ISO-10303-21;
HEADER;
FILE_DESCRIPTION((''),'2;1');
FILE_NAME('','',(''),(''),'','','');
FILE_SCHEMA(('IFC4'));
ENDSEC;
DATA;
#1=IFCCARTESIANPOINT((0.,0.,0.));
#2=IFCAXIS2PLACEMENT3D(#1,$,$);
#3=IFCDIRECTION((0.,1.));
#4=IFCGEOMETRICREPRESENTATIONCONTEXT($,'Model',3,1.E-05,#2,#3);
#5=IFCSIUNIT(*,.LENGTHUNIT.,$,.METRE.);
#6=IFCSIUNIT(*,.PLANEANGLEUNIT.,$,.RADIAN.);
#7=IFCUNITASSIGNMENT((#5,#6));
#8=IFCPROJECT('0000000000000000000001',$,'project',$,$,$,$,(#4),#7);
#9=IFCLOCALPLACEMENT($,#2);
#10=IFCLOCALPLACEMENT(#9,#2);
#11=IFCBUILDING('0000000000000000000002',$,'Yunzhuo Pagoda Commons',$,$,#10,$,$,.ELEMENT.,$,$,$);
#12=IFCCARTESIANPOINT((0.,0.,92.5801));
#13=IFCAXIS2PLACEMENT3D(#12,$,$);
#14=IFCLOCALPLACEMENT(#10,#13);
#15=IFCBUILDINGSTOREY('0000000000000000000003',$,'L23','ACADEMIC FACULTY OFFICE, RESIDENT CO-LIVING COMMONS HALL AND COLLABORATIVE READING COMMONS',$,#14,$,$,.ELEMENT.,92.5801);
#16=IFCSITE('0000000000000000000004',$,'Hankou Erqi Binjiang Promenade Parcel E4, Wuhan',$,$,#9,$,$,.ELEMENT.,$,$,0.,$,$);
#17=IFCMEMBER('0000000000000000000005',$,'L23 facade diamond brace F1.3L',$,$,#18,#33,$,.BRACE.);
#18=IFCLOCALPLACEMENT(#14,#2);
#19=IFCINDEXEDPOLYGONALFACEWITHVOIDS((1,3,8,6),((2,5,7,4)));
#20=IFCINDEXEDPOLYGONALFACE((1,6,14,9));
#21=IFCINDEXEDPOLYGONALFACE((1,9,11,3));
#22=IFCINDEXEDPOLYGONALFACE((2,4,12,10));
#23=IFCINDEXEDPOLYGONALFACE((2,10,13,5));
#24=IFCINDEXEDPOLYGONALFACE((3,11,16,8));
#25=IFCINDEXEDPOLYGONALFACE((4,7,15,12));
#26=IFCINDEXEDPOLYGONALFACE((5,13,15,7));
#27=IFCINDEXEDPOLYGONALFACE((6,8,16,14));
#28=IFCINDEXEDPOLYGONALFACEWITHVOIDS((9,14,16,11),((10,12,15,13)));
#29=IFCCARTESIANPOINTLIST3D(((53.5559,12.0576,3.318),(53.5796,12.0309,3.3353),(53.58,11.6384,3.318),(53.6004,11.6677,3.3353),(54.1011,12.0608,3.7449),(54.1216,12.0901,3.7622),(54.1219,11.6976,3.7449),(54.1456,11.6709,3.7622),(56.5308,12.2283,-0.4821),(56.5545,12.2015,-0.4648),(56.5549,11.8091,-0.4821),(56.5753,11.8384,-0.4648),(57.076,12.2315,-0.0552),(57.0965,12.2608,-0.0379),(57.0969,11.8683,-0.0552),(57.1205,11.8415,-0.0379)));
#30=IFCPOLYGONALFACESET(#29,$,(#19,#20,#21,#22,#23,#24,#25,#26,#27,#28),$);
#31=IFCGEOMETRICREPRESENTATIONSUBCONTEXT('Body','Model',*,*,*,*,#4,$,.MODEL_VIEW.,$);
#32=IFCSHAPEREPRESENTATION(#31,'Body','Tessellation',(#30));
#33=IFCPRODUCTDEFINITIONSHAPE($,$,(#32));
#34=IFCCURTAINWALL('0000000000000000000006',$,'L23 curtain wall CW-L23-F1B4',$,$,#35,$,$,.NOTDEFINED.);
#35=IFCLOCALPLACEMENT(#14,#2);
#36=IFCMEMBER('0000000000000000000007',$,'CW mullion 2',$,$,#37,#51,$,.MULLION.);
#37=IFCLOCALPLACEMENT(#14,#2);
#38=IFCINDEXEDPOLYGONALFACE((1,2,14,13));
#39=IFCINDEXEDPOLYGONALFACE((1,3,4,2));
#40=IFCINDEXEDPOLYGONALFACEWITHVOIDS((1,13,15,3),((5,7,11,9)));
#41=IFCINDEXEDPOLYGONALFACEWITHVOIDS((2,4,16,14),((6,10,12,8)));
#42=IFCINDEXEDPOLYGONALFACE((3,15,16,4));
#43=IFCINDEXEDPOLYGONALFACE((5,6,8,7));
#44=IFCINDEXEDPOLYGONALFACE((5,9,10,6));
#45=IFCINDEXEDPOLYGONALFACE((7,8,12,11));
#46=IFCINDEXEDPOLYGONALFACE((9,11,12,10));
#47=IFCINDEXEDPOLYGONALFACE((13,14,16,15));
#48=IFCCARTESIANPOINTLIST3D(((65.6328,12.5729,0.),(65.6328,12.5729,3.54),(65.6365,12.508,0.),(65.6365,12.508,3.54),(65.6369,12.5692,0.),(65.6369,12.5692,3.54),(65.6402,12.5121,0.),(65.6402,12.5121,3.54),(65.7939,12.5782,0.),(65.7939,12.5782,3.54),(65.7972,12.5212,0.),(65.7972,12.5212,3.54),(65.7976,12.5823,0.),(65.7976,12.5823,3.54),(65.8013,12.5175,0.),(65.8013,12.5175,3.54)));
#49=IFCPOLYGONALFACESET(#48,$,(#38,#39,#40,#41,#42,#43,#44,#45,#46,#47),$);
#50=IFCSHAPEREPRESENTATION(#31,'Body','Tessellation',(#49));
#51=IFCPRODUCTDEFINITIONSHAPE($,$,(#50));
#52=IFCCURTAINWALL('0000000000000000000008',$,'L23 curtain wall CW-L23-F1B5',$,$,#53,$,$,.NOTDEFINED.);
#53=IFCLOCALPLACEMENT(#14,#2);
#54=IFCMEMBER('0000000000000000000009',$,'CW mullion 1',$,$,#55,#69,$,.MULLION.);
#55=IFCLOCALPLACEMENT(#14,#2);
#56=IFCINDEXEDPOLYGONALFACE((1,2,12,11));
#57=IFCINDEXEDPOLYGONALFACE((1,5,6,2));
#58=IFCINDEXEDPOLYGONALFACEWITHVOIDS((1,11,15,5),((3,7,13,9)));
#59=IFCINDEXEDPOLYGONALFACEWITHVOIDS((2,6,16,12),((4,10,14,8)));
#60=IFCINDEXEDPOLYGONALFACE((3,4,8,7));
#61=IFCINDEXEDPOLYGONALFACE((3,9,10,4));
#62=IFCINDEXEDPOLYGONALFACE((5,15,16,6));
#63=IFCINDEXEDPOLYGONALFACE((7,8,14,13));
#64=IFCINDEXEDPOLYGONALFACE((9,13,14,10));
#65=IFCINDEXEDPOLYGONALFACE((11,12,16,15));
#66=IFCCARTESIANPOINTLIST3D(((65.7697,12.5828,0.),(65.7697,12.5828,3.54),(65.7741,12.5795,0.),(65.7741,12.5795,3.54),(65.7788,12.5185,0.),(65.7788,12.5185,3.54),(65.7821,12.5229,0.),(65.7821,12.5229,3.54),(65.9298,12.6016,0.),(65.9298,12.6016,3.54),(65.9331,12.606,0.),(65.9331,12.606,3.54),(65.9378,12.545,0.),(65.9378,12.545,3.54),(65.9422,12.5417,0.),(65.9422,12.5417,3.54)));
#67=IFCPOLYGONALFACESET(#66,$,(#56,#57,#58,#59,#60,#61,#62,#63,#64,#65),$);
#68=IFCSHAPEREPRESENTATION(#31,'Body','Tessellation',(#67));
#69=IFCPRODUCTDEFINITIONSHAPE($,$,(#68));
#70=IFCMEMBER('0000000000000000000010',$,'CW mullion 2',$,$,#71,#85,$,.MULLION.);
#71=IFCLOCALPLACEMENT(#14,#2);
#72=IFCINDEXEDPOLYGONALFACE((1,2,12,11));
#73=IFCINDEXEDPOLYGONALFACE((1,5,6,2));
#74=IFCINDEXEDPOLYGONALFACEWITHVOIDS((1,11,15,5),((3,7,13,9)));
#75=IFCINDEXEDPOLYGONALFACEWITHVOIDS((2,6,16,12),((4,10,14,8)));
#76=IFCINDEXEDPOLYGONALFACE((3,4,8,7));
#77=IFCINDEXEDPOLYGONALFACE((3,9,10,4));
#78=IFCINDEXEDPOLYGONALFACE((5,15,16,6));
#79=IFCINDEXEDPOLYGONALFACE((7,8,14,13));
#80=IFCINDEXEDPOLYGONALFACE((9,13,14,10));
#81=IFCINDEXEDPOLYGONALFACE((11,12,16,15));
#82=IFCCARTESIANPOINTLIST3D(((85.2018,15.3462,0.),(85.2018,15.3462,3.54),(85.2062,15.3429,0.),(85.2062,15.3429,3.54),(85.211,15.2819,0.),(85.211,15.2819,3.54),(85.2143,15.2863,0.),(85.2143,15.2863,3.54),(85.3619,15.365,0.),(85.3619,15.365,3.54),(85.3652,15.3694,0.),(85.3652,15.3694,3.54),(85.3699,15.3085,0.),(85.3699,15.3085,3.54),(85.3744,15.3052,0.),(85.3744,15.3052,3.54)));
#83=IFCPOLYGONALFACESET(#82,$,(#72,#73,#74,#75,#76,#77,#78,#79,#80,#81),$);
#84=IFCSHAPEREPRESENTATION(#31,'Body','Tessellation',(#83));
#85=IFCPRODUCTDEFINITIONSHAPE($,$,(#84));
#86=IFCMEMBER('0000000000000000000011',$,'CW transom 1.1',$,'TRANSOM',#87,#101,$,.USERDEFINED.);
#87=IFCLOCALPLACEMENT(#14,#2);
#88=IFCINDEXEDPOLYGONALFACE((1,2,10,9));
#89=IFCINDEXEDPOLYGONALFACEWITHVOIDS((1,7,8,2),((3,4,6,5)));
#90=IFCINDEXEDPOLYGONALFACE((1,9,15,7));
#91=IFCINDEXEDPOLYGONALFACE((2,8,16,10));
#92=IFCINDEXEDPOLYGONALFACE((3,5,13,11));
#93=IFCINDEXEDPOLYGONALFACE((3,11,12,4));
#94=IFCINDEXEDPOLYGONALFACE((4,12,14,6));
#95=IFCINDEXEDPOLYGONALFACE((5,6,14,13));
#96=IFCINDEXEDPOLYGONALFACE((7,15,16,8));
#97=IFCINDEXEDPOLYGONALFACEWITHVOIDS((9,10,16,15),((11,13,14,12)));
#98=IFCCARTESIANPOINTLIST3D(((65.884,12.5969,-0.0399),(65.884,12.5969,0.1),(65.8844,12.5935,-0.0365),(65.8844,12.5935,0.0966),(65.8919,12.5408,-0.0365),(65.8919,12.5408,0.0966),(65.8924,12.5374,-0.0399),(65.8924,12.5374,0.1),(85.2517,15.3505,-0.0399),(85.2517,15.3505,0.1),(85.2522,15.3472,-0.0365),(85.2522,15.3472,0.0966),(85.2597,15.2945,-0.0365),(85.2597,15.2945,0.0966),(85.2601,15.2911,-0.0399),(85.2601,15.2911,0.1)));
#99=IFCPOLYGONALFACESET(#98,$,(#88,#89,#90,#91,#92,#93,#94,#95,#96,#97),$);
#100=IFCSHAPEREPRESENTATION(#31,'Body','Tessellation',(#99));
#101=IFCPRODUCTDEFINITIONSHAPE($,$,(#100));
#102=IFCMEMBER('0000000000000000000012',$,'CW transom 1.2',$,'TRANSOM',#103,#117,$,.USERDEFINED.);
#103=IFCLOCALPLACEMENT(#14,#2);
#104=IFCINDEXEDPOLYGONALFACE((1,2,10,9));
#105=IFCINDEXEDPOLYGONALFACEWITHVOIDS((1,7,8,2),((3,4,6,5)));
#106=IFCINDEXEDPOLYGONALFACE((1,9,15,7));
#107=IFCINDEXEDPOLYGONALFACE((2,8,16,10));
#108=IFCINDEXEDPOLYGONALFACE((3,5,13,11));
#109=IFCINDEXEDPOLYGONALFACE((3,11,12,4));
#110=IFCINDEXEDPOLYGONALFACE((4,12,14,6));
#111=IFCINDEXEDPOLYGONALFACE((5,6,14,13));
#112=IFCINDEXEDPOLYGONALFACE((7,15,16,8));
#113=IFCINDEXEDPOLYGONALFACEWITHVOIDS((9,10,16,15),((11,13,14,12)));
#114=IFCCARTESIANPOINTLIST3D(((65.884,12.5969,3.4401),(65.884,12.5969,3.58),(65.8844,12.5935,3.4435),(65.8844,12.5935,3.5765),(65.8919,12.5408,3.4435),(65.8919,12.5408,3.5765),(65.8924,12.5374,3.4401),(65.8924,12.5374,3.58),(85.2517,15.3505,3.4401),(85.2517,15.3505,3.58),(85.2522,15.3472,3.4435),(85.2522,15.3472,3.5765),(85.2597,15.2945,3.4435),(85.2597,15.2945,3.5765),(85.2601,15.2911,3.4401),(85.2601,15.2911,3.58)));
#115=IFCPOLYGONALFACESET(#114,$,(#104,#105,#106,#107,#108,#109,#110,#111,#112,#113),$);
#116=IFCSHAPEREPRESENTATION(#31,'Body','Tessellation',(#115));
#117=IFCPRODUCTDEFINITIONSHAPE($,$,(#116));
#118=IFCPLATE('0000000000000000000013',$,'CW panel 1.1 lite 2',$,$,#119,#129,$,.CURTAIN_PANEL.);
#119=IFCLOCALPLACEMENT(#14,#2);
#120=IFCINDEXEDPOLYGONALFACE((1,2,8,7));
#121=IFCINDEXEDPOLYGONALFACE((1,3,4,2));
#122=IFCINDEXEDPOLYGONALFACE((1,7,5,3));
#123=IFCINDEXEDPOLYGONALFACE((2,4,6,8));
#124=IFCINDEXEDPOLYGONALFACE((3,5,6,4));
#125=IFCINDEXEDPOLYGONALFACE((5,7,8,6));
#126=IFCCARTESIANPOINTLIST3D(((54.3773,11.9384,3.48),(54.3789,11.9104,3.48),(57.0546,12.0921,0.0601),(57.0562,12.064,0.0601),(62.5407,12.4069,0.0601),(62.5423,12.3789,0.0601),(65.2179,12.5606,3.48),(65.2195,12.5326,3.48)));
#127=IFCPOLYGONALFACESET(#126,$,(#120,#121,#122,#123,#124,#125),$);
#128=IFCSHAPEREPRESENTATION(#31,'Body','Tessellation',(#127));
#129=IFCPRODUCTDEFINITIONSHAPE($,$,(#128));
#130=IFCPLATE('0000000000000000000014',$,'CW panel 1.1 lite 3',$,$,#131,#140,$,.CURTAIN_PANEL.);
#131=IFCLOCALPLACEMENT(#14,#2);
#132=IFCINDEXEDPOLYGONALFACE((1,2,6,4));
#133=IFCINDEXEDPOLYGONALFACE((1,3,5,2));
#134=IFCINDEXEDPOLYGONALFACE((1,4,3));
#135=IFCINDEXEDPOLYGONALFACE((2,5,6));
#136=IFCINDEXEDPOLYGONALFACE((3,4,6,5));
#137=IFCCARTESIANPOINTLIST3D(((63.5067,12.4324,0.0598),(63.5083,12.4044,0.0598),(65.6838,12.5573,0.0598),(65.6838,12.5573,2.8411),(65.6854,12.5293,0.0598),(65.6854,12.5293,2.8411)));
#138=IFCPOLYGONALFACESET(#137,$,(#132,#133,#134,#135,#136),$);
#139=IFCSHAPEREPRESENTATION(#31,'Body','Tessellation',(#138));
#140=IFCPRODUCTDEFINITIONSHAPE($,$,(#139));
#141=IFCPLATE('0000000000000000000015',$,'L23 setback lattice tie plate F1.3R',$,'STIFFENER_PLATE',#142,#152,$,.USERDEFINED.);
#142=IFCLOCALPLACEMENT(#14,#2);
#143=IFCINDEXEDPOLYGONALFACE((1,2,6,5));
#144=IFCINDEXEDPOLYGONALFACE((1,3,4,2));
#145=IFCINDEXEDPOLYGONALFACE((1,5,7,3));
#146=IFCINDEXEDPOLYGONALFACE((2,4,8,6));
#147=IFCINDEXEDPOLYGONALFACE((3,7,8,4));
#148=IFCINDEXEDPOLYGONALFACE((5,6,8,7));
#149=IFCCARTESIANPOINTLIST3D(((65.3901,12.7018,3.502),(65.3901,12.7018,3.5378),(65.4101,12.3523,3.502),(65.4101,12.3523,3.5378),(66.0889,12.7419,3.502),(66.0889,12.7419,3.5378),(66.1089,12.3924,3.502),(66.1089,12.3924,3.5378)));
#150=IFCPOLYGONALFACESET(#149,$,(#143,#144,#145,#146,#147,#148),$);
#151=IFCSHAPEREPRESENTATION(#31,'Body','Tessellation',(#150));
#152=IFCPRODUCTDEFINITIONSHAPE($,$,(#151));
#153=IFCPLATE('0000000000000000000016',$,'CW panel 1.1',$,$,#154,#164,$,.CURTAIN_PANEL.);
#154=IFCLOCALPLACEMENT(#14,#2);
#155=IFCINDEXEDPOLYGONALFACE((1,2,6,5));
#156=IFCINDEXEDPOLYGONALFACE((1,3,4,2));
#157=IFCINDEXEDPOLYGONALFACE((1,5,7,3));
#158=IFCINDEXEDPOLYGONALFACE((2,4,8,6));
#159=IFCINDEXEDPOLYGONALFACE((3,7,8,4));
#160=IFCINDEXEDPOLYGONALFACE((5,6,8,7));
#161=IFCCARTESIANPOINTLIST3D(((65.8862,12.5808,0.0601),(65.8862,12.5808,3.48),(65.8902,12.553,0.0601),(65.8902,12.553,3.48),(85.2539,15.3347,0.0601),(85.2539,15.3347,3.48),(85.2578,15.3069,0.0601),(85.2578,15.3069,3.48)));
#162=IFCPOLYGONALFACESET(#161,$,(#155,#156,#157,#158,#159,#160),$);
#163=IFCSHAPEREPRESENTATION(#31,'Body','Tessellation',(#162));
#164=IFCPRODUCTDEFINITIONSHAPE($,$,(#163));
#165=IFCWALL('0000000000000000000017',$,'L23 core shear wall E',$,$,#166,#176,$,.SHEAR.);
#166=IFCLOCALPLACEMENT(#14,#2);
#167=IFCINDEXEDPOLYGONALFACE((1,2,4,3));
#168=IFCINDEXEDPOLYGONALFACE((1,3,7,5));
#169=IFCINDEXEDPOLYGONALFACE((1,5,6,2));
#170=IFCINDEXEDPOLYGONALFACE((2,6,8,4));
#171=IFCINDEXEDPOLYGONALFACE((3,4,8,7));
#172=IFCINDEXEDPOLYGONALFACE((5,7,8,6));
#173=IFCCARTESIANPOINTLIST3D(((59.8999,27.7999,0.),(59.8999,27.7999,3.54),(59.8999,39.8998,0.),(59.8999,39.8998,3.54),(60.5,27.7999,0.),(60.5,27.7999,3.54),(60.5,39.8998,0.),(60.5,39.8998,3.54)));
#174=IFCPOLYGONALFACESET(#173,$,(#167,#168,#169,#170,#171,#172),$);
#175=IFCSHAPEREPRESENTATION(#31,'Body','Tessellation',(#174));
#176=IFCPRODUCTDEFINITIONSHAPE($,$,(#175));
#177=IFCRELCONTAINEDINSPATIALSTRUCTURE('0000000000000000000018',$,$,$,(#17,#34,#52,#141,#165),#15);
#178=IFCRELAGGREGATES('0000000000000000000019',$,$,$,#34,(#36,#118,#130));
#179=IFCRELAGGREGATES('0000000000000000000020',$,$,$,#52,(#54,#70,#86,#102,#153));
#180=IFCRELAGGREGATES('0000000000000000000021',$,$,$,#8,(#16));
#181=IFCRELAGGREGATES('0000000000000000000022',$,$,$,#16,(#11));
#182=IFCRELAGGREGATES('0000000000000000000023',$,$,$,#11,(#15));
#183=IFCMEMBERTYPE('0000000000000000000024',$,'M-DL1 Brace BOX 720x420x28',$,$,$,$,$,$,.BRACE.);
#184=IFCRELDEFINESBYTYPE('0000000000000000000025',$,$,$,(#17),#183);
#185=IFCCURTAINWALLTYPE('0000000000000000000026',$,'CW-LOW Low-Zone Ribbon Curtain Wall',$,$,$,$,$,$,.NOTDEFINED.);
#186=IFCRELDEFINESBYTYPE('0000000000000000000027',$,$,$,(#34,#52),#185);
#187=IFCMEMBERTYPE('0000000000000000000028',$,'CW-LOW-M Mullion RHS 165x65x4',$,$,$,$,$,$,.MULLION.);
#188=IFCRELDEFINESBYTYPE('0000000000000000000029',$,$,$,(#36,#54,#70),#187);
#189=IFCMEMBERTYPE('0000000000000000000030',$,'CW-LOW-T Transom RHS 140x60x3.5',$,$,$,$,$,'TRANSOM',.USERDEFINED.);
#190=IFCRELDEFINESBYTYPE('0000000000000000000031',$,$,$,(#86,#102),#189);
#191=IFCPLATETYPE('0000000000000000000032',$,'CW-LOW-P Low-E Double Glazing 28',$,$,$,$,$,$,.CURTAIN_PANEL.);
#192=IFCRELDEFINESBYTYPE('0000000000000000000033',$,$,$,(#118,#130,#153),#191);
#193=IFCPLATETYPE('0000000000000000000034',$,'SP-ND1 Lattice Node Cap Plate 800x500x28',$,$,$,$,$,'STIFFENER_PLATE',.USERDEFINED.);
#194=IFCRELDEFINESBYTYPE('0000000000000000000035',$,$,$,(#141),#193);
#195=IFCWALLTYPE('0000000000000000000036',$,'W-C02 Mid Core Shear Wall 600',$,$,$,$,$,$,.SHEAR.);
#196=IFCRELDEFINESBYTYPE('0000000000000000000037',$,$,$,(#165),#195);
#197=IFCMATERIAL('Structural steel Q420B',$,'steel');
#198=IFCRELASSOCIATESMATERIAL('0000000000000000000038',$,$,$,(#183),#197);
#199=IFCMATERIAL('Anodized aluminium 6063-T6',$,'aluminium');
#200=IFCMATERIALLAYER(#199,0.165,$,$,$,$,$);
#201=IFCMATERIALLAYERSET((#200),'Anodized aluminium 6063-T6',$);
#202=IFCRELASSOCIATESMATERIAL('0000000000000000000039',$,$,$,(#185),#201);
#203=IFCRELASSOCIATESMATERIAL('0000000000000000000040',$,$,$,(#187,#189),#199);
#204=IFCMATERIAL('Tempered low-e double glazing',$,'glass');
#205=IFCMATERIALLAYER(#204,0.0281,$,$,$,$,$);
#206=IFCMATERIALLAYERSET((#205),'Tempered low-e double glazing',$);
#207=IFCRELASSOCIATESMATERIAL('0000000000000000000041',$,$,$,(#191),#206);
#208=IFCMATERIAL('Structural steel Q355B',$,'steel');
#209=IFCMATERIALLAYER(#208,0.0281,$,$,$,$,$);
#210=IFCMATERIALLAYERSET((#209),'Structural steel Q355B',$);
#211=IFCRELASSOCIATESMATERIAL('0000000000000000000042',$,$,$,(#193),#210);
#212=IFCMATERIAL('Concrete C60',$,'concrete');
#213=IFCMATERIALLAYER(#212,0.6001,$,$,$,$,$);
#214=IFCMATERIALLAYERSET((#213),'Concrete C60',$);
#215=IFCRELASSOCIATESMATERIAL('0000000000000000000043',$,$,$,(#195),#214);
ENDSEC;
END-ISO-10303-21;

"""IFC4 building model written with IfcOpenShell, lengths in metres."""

from ifc_helpers import new_model, si_unit, direction, frame, frame_2d, origin, origin_2d, place, context, subcontext, project, spatial, polyline, rectangle, hollow_rectangle, outline, extrude, source, transform, mapped, material, layer, layer_set, material_profile, profile_set, type_object, element, aggregate, save


model = new_model("IFC4")

# Units and contexts
model_context = context("Model", 3, precision=1e-05, world=origin(), true_north=direction((0.0, 1.0)))
body_context = subcontext(model_context, "Body", "Model", "MODEL_VIEW")
ifc_project = project(units=[si_unit("LENGTHUNIT", "METRE"), si_unit("PLANEANGLEUNIT", "RADIAN")], contexts=[model_context])

# Site, building, storey
site_placement = place(None, origin())
site = spatial("IfcSite", under=ifc_project, at=site_placement, Name="Hankou Erqi Binjiang Promenade Parcel E4, Wuhan", CompositionType="ELEMENT", RefElevation=0.0)
building_placement = place(site_placement, origin())
building = spatial("IfcBuilding", under=site, at=building_placement, Name="Yunzhuo Pagoda Commons", CompositionType="ELEMENT")
storey_placement = place(building_placement, frame((0.0, 0.0, 92.5801)))
storey = spatial("IfcBuildingStorey", under=building, at=storey_placement, Name="L23", Description="ACADEMIC FACULTY OFFICE, RESIDENT CO-LIVING COMMONS HALL AND COLLABORATIVE READING COMMONS", CompositionType="ELEMENT", Elevation=92.5801)

# Shared definitions
ifc_material_1 = material(Name="Structural steel Q420B", Category="steel")

# Shared definitions
ifc_material_2 = material(Name="Structural steel Q355B", Category="steel")

# Member
ifc_material_profile_1 = material_profile(ifc_material_1, hollow_rectangle(XDim=0.4199, YDim=0.72, WallThickness=0.0281, at=origin_2d()), Name="Structural steel Q420B")
ifc_profile_set_1 = profile_set([ifc_material_profile_1], Name="Structural steel Q420B")
member_type_1 = type_object("IfcMemberType", Name="M-DL1 Brace BOX 720x420x28", PredefinedType="BRACE", material=ifc_profile_set_1)
shared_shape_1 = source(origin(), body_context, "Body", "SweptSolid", [
    extrude(hollow_rectangle(XDim=0.4199, YDim=0.72, WallThickness=0.0281, at=origin_2d()), origin(), (0.0, 0.0, 1.0), 4.8291),
])
member_1_placement = place(storey_placement, frame((56.8257, 12.0349, -0.26), z_axis=(-0.616039, -0.035339, 0.786922), x_axis=(0.057271, -0.998359, 0.0)))
element("IfcMember", 1, at=member_1_placement, inside=storey, type_object=member_type_1, Name="L23 facade diamond brace F1.3L", PredefinedType="BRACE", context=body_context, shape_type="MappedRepresentation", body=[
    mapped(shared_shape_1, transform((0.0, 0.0, 0.0), scale=1.0)),
])

# Curtain wall, member
ifc_material_3 = material(Name="Anodized aluminium 6063-T6", Category="aluminium")
ifc_layer_1 = layer(ifc_material_3, 0.165)
ifc_layer_set_1 = layer_set([ifc_layer_1], Name="Anodized aluminium 6063-T6")
curtain_wall_type = type_object("IfcCurtainWallType", Name="CW-LOW Low-Zone Ribbon Curtain Wall", PredefinedType="NOTDEFINED", material=ifc_layer_set_1)
curtain_wall_1_placement = place(storey_placement, origin())
curtain_wall_1 = element("IfcCurtainWall", 2, at=curtain_wall_1_placement, inside=storey, type_object=curtain_wall_type, Name="L23 curtain wall CW-L23-F1B4", PredefinedType="NOTDEFINED")
ifc_material_profile_2 = material_profile(ifc_material_3, hollow_rectangle(XDim=0.0649, YDim=0.165, WallThickness=0.0039, at=origin_2d()), Name="Anodized aluminium 6063-T6")
ifc_profile_set_2 = profile_set([ifc_material_profile_2], Name="Anodized aluminium 6063-T6")
member_type_2 = type_object("IfcMemberType", Name="CW-LOW-M Mullion RHS 165x65x4", PredefinedType="MULLION", material=ifc_profile_set_2)
shared_shape_2 = source(origin(), body_context, "Body", "SweptSolid", [
    extrude(hollow_rectangle(XDim=0.0649, YDim=0.165, WallThickness=0.0039, at=origin_2d()), origin(), (0.0, 0.0, 1.0), 3.54),
])
member_2_placement = place(storey_placement, frame((65.717, 12.5452, 0.0), z_axis=(0.0, 0.0, 1.0), x_axis=(-0.057299, 0.998357, 0.0)))
member_2 = element("IfcMember", 3, at=member_2_placement, type_object=member_type_2, Name="CW mullion 2", PredefinedType="MULLION", context=body_context, shape_type="MappedRepresentation", body=[
    mapped(shared_shape_2, transform((0.0, 0.0, 0.0), scale=1.0)),
])

# Curtain wall, members
curtain_wall_2_placement = place(storey_placement, origin())
curtain_wall_2 = element("IfcCurtainWall", 4, at=curtain_wall_2_placement, inside=storey, type_object=curtain_wall_type, Name="L23 curtain wall CW-L23-F1B5", PredefinedType="NOTDEFINED")
member_3_placement = place(storey_placement, frame((65.856, 12.5623, 0.0), z_axis=(0.0, 0.0, 1.0), x_axis=(-0.140774, 0.990042, 0.0)))
member_3 = element("IfcMember", 5, at=member_3_placement, type_object=member_type_2, Name="CW mullion 1", PredefinedType="MULLION", context=body_context, shape_type="MappedRepresentation", body=[
    mapped(shared_shape_2, transform((0.0, 0.0, 0.0), scale=1.0)),
])
member_4_placement = place(storey_placement, frame((85.2881, 15.3257, 0.0), z_axis=(0.0, 0.0, 1.0), x_axis=(-0.140774, 0.990042, 0.0)))
member_4 = element("IfcMember", 6, at=member_4_placement, type_object=member_type_2, Name="CW mullion 2", PredefinedType="MULLION", context=body_context, shape_type="MappedRepresentation", body=[
    mapped(shared_shape_2, transform((0.0, 0.0, 0.0), scale=1.0)),
])
ifc_material_profile_3 = material_profile(ifc_material_3, hollow_rectangle(XDim=0.0601, YDim=0.1399, WallThickness=0.0034, at=origin_2d()), Name="Anodized aluminium 6063-T6")
ifc_profile_set_3 = profile_set([ifc_material_profile_3], Name="Anodized aluminium 6063-T6")
member_type_3 = type_object("IfcMemberType", Name="CW-LOW-T Transom RHS 140x60x3.5", ElementType="TRANSOM", PredefinedType="USERDEFINED", material=ifc_profile_set_3)
shared_shape_3 = source(origin(), body_context, "Body", "SweptSolid", [
    extrude(hollow_rectangle(XDim=0.0601, YDim=0.1399, WallThickness=0.0034, at=origin_2d()), origin(), (0.0, 0.0, 1.0), 19.5625),
])
member_5_placement = place(storey_placement, frame((65.8882, 12.5671, 0.03), z_axis=(0.990043, 0.140763, 0.0), x_axis=(-0.140763, 0.990043, 0.0)))
member_5 = element("IfcMember", 7, at=member_5_placement, type_object=member_type_3, Name="CW transom 1.1", ObjectType="TRANSOM", PredefinedType="USERDEFINED", context=body_context, shape_type="MappedRepresentation", body=[
    mapped(shared_shape_3, transform((0.0, 0.0, 0.0), scale=1.0)),
])
member_6_placement = place(storey_placement, frame((65.8882, 12.5671, 3.51), z_axis=(0.990043, 0.140763, 0.0), x_axis=(-0.140763, 0.990043, 0.0)))
member_6 = element("IfcMember", 8, at=member_6_placement, type_object=member_type_3, Name="CW transom 1.2", ObjectType="TRANSOM", PredefinedType="USERDEFINED", context=body_context, shape_type="MappedRepresentation", body=[
    mapped(shared_shape_3, transform((0.0, 0.0, 0.0), scale=1.0)),
])

# Plates
ifc_material_4 = material(Name="Tempered low-e double glazing", Category="glass")
ifc_layer_2 = layer(ifc_material_4, 0.0281)
ifc_layer_set_2 = layer_set([ifc_layer_2], Name="Tempered low-e double glazing")
plate_type_1 = type_object("IfcPlateType", Name="CW-LOW-P Low-E Double Glazing 28", PredefinedType="CURTAIN_PANEL", material=ifc_layer_set_2)
plate_1_placement = place(storey_placement, frame((59.7976, 12.2495, 1.77), z_axis=(0.057299, -0.998357, 0.0), x_axis=(0.998357, 0.057299, 0.0)))
plate_1 = element("IfcPlate", 9, at=plate_1_placement, type_object=plate_type_1, Name="CW panel 1.1 lite 2", PredefinedType="CURTAIN_PANEL", context=body_context, shape_type="SweptSolid", body=[
    extrude(outline(polyline([(-5.4292, 1.71), (-2.7476, -1.71), (2.7476, -1.71), (5.4292, 1.71), (-5.4292, 1.71)])), origin(), (0.0, 0.0, 1.0), 0.0281),
])
plate_2_placement = place(storey_placement, frame((64.5952, 12.4949, 1.4504), z_axis=(0.057299, -0.998357, 0.0), x_axis=(0.998357, 0.057299, 0.0)))
plate_2 = element("IfcPlate", 10, at=plate_2_placement, type_object=plate_type_1, Name="CW panel 1.1 lite 3", PredefinedType="CURTAIN_PANEL", context=body_context, shape_type="SweptSolid", body=[
    extrude(outline(polyline([(-1.0903, -1.3906), (1.0903, -1.3906), (1.0903, 1.3906), (-1.0903, -1.3906)])), origin(), (0.0, 0.0, 1.0), 0.0281),
])
aggregate(curtain_wall_1, [member_2, plate_1, plate_2])
ifc_layer_3 = layer(ifc_material_2, 0.0281)
ifc_layer_set_3 = layer_set([ifc_layer_3], Name="Structural steel Q355B")
plate_type_2 = type_object("IfcPlateType", Name="SP-ND1 Lattice Node Cap Plate 800x500x28", ElementType="STIFFENER_PLATE", PredefinedType="USERDEFINED", material=ifc_layer_set_3)
shared_shape_4 = source(origin(), body_context, "Body", "SweptSolid", [
    extrude(rectangle(XDim=0.7, YDim=0.3501, at=origin_2d()), origin(), (0.0, 0.0, 1.0), 0.0359),
])
plate_3_placement = place(storey_placement, frame((65.7495, 12.5471, 3.502), z_axis=(0.0, 0.0, 1.0), x_axis=(0.998357, 0.057303, 0.0)))
element("IfcPlate", 11, at=plate_3_placement, inside=storey, type_object=plate_type_2, Name="L23 setback lattice tie plate F1.3R", ObjectType="STIFFENER_PLATE", PredefinedType="USERDEFINED", context=body_context, shape_type="MappedRepresentation", body=[
    mapped(shared_shape_4, transform((0.0, 0.0, 0.0), scale=1.0)),
])
shared_shape_5 = source(origin(), body_context, "Body", "SweptSolid", [
    extrude(rectangle(XDim=19.5625, YDim=0.0281, at=origin_2d()), origin(), (0.0, 0.0, 1.0), 3.4199),
])
plate_4_placement = place(storey_placement, frame((75.572, 13.9438, 0.0601), z_axis=(0.0, 0.0, 1.0), x_axis=(0.990042, 0.140774, 0.0)))
plate_4 = element("IfcPlate", 12, at=plate_4_placement, type_object=plate_type_1, Name="CW panel 1.1", PredefinedType="CURTAIN_PANEL", context=body_context, shape_type="MappedRepresentation", body=[
    mapped(shared_shape_5, transform((0.0, 0.0, 0.0), scale=1.0)),
])
aggregate(curtain_wall_2, [member_3, member_4, member_5, member_6, plate_4])

# Wall
ifc_material_5 = material(Name="Concrete C60", Category="concrete")
ifc_layer_4 = layer(ifc_material_5, 0.6001)
ifc_layer_set_4 = layer_set([ifc_layer_4], Name="Concrete C60")
wall_type_1 = type_object("IfcWallType", Name="W-C02 Mid Core Shear Wall 600", PredefinedType="SHEAR", material=ifc_layer_set_4)
wall_1_placement = place(storey_placement, frame((60.2, 27.8, 0.0), z_axis=(0.0, 0.0, 1.0), x_axis=(0.0, 1.0, 0.0)))
element("IfcWall", 13, at=wall_1_placement, inside=storey, type_object=wall_type_1, Name="L23 core shear wall E", PredefinedType="SHEAR", context=body_context, shape_type="SweptSolid", body=[
    extrude(rectangle(XDim=12.0999, YDim=0.6001, at=frame_2d((6.0498, 0.0))), origin(), (0.0, 0.0, 1.0), 3.54),
])

save(model, "model.ifc")
